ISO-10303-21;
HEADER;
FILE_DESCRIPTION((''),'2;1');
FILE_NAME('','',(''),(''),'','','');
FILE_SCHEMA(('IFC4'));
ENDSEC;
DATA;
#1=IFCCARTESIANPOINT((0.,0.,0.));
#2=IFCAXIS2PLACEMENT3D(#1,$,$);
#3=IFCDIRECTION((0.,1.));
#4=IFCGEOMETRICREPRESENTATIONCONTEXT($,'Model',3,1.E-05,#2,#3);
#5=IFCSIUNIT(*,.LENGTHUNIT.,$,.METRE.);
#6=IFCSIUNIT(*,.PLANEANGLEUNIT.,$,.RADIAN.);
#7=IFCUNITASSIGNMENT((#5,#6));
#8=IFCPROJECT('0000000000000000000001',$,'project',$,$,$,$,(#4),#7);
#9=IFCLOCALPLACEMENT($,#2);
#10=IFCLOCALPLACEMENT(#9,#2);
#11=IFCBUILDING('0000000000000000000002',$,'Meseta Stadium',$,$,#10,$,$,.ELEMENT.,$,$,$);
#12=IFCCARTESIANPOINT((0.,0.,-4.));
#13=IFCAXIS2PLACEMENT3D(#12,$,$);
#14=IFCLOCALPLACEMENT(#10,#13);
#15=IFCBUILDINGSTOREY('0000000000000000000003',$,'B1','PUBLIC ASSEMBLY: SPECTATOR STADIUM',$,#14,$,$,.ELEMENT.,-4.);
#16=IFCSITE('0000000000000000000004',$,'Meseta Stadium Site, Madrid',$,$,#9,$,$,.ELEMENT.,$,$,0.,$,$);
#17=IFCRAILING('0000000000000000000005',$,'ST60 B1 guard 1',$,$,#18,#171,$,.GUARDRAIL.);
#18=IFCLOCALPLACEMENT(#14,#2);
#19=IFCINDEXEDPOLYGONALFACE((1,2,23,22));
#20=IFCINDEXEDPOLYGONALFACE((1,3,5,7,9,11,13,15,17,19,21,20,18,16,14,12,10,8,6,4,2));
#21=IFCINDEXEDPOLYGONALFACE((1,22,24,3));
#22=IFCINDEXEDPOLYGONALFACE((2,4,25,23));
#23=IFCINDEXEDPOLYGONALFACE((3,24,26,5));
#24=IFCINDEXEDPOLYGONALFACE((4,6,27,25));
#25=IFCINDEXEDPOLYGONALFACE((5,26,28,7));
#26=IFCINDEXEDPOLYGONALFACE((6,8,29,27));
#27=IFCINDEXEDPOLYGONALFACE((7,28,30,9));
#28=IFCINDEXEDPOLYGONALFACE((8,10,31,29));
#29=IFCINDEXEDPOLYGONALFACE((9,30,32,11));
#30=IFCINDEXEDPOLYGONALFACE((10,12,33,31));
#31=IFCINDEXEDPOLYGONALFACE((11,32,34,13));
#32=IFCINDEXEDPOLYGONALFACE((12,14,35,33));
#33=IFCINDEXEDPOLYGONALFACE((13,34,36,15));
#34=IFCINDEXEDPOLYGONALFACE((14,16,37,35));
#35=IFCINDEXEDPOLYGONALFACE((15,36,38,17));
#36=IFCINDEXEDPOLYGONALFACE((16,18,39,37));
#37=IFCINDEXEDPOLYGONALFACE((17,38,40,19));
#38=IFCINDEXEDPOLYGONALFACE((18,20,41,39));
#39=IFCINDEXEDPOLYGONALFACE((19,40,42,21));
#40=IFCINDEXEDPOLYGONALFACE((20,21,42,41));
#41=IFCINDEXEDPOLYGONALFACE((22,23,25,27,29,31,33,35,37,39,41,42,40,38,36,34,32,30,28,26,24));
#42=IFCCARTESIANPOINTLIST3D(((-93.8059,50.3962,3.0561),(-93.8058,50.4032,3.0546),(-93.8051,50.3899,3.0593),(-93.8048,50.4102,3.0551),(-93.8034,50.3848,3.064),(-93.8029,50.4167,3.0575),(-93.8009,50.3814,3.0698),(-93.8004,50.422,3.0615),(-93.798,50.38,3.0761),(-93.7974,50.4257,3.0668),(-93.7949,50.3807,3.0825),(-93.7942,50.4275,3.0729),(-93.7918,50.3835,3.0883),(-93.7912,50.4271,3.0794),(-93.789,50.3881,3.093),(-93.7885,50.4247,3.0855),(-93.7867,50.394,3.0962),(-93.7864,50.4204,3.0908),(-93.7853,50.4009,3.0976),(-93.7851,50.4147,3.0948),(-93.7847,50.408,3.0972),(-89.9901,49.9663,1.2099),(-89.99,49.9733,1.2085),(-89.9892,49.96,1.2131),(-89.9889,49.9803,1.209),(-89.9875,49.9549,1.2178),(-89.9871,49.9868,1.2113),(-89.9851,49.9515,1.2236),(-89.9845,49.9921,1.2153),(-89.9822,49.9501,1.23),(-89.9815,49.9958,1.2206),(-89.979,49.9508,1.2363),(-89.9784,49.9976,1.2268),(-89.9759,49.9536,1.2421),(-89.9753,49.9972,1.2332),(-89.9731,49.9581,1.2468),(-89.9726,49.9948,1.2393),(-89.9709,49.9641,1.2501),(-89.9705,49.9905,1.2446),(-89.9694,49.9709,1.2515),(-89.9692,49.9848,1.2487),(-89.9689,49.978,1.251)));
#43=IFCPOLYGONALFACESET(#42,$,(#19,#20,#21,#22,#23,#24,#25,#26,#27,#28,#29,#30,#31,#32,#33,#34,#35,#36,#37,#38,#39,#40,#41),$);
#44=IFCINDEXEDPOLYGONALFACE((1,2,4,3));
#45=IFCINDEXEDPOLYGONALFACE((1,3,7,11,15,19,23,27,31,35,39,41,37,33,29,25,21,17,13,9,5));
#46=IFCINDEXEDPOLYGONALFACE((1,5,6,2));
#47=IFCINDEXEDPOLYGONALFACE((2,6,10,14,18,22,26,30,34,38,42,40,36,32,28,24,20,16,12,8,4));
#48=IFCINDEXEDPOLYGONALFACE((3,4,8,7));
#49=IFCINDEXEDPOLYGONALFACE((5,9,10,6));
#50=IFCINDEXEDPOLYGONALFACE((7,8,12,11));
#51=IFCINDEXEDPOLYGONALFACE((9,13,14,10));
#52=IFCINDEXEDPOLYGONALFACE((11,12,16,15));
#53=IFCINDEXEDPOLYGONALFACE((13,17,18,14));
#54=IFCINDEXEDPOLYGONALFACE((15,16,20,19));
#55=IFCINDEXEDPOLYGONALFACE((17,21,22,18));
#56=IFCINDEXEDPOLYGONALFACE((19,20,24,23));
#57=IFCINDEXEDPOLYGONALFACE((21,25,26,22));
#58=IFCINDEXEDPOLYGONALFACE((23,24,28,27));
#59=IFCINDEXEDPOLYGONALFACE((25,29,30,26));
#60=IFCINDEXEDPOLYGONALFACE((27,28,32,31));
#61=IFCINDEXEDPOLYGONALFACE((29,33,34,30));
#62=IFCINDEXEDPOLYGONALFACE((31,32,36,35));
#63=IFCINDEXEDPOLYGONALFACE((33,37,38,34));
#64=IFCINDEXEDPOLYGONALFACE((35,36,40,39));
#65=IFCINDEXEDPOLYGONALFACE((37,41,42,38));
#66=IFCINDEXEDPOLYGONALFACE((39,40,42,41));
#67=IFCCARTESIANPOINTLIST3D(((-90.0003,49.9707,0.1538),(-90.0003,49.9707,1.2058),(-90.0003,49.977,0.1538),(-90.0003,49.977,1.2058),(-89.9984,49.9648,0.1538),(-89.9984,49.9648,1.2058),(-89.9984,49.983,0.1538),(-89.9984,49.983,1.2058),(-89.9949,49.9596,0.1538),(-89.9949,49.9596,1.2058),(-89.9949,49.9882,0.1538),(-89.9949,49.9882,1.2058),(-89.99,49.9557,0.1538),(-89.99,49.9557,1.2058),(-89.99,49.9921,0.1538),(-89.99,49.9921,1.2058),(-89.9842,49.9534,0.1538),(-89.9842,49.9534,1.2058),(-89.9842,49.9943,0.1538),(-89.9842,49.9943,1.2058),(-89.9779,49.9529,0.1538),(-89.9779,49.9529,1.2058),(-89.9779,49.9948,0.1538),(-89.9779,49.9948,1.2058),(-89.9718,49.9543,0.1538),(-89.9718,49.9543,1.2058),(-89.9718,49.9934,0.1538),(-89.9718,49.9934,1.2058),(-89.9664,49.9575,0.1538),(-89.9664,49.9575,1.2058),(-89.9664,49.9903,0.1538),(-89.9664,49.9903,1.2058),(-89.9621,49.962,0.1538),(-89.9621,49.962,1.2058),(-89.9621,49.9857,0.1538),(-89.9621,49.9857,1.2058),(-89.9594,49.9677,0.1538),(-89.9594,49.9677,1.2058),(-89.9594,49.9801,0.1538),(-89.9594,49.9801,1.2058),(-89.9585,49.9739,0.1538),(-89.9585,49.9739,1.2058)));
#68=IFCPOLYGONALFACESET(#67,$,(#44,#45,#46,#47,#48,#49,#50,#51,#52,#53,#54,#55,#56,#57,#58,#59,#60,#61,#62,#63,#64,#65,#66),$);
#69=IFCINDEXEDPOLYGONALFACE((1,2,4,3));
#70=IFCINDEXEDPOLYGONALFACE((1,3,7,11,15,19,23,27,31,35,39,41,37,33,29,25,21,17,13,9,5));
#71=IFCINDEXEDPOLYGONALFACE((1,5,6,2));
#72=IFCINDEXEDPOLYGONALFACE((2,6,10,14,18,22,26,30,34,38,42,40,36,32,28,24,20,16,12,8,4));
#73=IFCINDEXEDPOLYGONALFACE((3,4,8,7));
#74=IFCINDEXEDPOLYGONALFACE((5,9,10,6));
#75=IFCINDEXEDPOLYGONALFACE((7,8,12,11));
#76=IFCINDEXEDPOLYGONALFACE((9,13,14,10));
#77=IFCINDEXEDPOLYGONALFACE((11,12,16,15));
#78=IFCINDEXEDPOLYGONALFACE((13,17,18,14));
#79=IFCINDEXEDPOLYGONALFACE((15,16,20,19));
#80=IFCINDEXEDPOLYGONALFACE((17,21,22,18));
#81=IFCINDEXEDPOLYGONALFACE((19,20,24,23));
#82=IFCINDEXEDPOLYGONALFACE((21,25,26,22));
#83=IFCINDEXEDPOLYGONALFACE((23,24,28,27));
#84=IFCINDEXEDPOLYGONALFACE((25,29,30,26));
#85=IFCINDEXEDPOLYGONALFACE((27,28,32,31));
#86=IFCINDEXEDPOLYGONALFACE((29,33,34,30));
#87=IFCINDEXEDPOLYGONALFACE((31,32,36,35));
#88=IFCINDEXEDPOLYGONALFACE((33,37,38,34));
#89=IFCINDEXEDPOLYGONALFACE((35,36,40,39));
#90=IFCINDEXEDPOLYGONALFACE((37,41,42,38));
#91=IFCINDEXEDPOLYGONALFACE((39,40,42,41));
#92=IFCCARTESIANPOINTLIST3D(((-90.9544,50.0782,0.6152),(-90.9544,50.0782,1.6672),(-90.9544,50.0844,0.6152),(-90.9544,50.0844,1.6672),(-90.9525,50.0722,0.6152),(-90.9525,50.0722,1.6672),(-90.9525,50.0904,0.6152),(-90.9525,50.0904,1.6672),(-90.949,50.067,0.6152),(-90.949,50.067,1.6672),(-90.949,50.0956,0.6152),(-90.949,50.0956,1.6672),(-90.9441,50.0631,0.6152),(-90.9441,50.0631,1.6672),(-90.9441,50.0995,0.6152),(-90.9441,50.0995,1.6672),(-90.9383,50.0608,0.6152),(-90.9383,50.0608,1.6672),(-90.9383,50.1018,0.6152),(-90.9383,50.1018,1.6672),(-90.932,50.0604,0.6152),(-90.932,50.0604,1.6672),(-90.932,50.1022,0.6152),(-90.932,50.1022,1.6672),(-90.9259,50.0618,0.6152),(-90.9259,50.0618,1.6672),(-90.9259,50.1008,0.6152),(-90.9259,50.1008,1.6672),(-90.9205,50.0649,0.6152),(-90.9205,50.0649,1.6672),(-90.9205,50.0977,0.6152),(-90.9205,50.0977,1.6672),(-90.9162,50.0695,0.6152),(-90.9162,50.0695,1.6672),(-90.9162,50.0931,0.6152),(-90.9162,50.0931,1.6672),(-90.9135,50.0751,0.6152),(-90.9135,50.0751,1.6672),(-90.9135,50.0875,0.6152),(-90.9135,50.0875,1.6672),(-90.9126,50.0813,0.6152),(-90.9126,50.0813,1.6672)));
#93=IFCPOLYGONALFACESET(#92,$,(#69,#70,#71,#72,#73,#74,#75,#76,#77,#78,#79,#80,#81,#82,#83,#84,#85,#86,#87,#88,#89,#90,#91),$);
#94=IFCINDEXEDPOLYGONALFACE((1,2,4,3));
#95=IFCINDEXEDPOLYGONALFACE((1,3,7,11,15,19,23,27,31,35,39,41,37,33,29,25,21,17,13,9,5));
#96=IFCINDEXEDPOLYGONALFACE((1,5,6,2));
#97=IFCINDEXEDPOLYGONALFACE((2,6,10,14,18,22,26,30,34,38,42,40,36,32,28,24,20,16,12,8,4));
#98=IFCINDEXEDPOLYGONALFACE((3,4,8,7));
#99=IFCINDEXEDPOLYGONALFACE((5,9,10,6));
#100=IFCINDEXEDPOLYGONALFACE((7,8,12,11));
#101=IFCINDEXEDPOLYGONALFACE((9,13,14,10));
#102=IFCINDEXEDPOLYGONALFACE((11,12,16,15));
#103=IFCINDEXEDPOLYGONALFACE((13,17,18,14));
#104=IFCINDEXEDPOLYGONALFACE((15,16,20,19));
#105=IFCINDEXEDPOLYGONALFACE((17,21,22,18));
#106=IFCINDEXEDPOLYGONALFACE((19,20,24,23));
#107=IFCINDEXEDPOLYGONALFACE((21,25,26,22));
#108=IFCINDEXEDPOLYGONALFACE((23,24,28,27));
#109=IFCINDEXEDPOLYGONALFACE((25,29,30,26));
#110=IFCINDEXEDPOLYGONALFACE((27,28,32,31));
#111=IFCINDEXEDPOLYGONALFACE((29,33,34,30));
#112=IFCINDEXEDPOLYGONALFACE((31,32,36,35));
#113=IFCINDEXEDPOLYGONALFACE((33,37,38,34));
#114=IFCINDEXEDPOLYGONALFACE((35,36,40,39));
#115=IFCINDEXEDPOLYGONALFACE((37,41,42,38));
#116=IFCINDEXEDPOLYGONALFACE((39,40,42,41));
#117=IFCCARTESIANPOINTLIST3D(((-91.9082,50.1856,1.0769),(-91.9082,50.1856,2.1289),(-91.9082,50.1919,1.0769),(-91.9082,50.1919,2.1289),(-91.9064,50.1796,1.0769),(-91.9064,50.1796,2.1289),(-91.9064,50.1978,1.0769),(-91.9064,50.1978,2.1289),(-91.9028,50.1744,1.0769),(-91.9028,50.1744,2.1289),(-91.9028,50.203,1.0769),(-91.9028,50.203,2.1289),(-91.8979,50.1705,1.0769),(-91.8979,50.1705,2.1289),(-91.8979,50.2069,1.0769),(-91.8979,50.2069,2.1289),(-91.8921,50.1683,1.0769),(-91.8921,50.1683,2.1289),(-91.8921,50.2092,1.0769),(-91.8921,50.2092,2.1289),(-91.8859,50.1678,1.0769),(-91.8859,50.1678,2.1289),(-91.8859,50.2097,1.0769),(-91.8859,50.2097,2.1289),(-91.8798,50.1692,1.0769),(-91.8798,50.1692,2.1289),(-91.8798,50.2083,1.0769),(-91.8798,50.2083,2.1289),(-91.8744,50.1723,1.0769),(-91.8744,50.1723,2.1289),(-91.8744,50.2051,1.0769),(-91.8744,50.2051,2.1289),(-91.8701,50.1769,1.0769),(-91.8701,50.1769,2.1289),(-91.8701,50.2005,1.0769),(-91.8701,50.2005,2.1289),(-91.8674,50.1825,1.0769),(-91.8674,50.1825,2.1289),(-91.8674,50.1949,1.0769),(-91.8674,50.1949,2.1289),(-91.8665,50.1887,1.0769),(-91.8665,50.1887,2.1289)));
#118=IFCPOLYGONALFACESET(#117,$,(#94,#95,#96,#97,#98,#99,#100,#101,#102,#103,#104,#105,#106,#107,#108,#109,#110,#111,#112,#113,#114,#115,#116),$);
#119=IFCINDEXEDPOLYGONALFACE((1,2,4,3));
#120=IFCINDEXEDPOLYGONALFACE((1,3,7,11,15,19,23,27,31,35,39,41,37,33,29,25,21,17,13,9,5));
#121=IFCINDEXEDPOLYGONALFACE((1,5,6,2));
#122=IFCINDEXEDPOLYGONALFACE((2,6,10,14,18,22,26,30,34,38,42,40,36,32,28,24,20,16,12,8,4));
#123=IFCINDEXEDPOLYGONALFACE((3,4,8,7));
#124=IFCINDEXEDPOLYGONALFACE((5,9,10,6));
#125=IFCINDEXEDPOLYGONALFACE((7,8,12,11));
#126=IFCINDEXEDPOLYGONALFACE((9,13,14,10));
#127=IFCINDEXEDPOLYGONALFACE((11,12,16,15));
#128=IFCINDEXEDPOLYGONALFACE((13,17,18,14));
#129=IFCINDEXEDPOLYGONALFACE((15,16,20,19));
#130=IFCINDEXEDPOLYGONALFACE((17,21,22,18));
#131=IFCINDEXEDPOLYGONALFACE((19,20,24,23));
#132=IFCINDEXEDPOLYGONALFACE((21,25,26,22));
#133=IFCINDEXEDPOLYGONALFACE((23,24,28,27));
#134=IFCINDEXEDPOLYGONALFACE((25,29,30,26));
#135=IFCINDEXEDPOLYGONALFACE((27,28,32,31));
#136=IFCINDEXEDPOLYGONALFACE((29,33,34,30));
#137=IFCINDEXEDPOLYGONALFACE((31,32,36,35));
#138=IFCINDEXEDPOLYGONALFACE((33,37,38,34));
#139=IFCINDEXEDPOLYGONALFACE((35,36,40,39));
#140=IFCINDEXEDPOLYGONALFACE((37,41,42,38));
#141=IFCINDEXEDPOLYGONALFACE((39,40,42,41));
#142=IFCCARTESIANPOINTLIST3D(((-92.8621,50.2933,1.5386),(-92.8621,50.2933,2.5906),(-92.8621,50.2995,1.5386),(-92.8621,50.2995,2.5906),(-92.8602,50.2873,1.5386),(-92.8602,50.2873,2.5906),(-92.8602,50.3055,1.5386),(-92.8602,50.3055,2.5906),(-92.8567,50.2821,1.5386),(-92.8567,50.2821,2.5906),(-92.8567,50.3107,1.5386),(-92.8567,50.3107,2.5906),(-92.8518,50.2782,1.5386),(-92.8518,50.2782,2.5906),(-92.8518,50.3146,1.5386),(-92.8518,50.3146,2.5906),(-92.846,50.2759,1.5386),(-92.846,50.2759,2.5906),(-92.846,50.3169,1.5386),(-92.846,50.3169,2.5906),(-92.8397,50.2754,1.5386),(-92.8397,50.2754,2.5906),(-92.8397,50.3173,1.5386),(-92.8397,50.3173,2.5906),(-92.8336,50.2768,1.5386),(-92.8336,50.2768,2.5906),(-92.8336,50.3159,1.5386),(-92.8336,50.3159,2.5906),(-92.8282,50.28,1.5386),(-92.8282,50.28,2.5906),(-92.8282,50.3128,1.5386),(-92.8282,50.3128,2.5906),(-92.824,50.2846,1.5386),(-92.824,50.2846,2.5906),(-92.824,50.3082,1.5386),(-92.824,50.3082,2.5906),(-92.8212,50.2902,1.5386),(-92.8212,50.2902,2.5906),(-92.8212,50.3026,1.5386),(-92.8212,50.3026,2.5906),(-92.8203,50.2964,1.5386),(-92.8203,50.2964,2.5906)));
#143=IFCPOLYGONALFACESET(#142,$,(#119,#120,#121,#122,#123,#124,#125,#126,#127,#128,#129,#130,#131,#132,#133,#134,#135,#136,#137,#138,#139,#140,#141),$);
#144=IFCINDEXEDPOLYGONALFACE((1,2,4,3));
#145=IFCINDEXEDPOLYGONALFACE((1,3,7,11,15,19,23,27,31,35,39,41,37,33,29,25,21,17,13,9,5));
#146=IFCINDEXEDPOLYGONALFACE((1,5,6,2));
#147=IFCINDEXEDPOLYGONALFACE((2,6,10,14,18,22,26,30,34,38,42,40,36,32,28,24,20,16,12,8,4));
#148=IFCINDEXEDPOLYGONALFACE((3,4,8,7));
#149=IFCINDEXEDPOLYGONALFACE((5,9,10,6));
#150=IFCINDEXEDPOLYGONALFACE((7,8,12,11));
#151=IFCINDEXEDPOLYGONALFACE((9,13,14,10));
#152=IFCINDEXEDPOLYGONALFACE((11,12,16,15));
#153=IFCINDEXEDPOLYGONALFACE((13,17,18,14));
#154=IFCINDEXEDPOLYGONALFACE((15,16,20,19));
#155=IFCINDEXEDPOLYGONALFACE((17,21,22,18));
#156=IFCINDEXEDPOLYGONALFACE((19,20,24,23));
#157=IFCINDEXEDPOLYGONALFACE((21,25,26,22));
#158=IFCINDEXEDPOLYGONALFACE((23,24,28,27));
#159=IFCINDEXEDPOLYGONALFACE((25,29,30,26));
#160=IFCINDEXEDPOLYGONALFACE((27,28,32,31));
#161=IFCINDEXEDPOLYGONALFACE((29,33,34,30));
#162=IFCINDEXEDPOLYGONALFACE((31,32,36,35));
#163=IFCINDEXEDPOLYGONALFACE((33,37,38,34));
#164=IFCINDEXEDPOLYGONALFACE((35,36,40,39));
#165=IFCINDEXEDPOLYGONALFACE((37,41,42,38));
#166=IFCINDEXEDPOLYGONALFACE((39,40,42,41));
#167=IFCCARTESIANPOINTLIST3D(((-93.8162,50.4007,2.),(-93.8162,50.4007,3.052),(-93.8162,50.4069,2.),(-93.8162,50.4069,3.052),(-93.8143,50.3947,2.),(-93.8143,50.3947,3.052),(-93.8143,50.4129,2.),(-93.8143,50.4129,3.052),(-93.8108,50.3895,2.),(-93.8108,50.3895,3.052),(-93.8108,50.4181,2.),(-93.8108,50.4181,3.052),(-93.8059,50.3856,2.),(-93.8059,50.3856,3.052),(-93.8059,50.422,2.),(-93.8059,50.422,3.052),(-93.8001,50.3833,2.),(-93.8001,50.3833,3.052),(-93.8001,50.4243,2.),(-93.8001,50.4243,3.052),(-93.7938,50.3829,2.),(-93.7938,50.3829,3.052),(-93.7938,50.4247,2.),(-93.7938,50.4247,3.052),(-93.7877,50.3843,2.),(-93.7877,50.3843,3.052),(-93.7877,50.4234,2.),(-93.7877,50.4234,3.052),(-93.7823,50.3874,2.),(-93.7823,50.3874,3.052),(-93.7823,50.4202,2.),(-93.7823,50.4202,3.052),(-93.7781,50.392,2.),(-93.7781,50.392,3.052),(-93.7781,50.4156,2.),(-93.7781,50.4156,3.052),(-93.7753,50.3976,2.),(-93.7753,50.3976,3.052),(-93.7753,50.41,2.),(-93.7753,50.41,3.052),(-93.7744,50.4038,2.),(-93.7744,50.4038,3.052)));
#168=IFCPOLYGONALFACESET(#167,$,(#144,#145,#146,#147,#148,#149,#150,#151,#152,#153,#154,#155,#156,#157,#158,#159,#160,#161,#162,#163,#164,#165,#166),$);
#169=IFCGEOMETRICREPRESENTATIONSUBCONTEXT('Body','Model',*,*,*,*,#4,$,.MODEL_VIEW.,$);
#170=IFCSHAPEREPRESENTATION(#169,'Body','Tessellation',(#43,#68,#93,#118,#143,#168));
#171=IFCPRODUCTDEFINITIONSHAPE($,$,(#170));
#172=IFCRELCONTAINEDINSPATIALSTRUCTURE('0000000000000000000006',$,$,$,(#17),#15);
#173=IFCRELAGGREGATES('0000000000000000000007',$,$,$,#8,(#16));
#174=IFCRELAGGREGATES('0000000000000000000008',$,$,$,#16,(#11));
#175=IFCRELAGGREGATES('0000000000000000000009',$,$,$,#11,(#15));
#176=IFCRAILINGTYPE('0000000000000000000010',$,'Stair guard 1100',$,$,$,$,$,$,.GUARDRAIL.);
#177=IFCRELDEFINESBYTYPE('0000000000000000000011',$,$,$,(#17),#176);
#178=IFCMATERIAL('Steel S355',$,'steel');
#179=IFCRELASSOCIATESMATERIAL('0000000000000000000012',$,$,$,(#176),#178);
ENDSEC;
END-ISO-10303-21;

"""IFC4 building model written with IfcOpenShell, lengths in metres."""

from ifc_helpers import new_model, si_unit, direction, frame, origin, origin_2d, place, context, subcontext, project, spatial, circle, extrude, material, type_object, element, save


model = new_model("IFC4")

# Units and contexts
model_context = context("Model", 3, precision=1e-05, world=origin(), true_north=direction((0.0, 1.0)))
body_context = subcontext(model_context, "Body", "Model", "MODEL_VIEW")
ifc_project = project(units=[si_unit("LENGTHUNIT", "METRE"), si_unit("PLANEANGLEUNIT", "RADIAN")], contexts=[model_context])

# Site, building, storey
site_placement = place(None, origin())
site = spatial("IfcSite", under=ifc_project, at=site_placement, Name="Meseta Stadium Site, Madrid", CompositionType="ELEMENT", RefElevation=0.0)
building_placement = place(site_placement, origin())
building = spatial("IfcBuilding", under=site, at=building_placement, Name="Meseta Stadium", CompositionType="ELEMENT")
storey_placement = place(building_placement, frame((0.0, 0.0, -4.0)))
storey = spatial("IfcBuildingStorey", under=building, at=storey_placement, Name="B1", Description="PUBLIC ASSEMBLY: SPECTATOR STADIUM", CompositionType="ELEMENT", Elevation=-4.0)

# Railing
ifc_material_1 = material(Name="Steel S355", Category="steel")
railing_type_1 = type_object("IfcRailingType", Name="Stair guard 1100", PredefinedType="GUARDRAIL", material=ifc_material_1)
railing_1_placement = place(storey_placement, frame((-89.9795, 49.9739, 0.1538)))
element("IfcRailing", 1, at=railing_1_placement, inside=storey, type_object=railing_type_1, Name="ST60 B1 guard 1", PredefinedType="GUARDRAIL", context=body_context, shape_type="SweptSolid", body=[
    extrude(circle(Radius=0.0239, at=origin_2d()), frame((0.0, 0.0, 1.0762), z_axis=(-0.895585, 0.100904, 0.433296), x_axis=(-0.11196, -0.993713, 0.0)), (0.0, 0.0, 1.0), 4.2607),
    extrude(circle(Radius=0.021, at=origin_2d()), origin(), (0.0, 0.0, 1.0), 1.052),
    extrude(circle(Radius=0.021, at=origin_2d()), frame((-0.9541, 0.1074, 0.4614)), (0.0, 0.0, 1.0), 1.052),
    extrude(circle(Radius=0.021, at=origin_2d()), frame((-1.908, 0.2148, 0.9231)), (0.0, 0.0, 1.0), 1.052),
    extrude(circle(Radius=0.021, at=origin_2d()), frame((-2.8618, 0.3225, 1.3848)), (0.0, 0.0, 1.0), 1.052),
    extrude(circle(Radius=0.021, at=origin_2d()), frame((-3.8159, 0.4299, 1.8462)), (0.0, 0.0, 1.0), 1.052),
])

save(model, "model.ifc")
